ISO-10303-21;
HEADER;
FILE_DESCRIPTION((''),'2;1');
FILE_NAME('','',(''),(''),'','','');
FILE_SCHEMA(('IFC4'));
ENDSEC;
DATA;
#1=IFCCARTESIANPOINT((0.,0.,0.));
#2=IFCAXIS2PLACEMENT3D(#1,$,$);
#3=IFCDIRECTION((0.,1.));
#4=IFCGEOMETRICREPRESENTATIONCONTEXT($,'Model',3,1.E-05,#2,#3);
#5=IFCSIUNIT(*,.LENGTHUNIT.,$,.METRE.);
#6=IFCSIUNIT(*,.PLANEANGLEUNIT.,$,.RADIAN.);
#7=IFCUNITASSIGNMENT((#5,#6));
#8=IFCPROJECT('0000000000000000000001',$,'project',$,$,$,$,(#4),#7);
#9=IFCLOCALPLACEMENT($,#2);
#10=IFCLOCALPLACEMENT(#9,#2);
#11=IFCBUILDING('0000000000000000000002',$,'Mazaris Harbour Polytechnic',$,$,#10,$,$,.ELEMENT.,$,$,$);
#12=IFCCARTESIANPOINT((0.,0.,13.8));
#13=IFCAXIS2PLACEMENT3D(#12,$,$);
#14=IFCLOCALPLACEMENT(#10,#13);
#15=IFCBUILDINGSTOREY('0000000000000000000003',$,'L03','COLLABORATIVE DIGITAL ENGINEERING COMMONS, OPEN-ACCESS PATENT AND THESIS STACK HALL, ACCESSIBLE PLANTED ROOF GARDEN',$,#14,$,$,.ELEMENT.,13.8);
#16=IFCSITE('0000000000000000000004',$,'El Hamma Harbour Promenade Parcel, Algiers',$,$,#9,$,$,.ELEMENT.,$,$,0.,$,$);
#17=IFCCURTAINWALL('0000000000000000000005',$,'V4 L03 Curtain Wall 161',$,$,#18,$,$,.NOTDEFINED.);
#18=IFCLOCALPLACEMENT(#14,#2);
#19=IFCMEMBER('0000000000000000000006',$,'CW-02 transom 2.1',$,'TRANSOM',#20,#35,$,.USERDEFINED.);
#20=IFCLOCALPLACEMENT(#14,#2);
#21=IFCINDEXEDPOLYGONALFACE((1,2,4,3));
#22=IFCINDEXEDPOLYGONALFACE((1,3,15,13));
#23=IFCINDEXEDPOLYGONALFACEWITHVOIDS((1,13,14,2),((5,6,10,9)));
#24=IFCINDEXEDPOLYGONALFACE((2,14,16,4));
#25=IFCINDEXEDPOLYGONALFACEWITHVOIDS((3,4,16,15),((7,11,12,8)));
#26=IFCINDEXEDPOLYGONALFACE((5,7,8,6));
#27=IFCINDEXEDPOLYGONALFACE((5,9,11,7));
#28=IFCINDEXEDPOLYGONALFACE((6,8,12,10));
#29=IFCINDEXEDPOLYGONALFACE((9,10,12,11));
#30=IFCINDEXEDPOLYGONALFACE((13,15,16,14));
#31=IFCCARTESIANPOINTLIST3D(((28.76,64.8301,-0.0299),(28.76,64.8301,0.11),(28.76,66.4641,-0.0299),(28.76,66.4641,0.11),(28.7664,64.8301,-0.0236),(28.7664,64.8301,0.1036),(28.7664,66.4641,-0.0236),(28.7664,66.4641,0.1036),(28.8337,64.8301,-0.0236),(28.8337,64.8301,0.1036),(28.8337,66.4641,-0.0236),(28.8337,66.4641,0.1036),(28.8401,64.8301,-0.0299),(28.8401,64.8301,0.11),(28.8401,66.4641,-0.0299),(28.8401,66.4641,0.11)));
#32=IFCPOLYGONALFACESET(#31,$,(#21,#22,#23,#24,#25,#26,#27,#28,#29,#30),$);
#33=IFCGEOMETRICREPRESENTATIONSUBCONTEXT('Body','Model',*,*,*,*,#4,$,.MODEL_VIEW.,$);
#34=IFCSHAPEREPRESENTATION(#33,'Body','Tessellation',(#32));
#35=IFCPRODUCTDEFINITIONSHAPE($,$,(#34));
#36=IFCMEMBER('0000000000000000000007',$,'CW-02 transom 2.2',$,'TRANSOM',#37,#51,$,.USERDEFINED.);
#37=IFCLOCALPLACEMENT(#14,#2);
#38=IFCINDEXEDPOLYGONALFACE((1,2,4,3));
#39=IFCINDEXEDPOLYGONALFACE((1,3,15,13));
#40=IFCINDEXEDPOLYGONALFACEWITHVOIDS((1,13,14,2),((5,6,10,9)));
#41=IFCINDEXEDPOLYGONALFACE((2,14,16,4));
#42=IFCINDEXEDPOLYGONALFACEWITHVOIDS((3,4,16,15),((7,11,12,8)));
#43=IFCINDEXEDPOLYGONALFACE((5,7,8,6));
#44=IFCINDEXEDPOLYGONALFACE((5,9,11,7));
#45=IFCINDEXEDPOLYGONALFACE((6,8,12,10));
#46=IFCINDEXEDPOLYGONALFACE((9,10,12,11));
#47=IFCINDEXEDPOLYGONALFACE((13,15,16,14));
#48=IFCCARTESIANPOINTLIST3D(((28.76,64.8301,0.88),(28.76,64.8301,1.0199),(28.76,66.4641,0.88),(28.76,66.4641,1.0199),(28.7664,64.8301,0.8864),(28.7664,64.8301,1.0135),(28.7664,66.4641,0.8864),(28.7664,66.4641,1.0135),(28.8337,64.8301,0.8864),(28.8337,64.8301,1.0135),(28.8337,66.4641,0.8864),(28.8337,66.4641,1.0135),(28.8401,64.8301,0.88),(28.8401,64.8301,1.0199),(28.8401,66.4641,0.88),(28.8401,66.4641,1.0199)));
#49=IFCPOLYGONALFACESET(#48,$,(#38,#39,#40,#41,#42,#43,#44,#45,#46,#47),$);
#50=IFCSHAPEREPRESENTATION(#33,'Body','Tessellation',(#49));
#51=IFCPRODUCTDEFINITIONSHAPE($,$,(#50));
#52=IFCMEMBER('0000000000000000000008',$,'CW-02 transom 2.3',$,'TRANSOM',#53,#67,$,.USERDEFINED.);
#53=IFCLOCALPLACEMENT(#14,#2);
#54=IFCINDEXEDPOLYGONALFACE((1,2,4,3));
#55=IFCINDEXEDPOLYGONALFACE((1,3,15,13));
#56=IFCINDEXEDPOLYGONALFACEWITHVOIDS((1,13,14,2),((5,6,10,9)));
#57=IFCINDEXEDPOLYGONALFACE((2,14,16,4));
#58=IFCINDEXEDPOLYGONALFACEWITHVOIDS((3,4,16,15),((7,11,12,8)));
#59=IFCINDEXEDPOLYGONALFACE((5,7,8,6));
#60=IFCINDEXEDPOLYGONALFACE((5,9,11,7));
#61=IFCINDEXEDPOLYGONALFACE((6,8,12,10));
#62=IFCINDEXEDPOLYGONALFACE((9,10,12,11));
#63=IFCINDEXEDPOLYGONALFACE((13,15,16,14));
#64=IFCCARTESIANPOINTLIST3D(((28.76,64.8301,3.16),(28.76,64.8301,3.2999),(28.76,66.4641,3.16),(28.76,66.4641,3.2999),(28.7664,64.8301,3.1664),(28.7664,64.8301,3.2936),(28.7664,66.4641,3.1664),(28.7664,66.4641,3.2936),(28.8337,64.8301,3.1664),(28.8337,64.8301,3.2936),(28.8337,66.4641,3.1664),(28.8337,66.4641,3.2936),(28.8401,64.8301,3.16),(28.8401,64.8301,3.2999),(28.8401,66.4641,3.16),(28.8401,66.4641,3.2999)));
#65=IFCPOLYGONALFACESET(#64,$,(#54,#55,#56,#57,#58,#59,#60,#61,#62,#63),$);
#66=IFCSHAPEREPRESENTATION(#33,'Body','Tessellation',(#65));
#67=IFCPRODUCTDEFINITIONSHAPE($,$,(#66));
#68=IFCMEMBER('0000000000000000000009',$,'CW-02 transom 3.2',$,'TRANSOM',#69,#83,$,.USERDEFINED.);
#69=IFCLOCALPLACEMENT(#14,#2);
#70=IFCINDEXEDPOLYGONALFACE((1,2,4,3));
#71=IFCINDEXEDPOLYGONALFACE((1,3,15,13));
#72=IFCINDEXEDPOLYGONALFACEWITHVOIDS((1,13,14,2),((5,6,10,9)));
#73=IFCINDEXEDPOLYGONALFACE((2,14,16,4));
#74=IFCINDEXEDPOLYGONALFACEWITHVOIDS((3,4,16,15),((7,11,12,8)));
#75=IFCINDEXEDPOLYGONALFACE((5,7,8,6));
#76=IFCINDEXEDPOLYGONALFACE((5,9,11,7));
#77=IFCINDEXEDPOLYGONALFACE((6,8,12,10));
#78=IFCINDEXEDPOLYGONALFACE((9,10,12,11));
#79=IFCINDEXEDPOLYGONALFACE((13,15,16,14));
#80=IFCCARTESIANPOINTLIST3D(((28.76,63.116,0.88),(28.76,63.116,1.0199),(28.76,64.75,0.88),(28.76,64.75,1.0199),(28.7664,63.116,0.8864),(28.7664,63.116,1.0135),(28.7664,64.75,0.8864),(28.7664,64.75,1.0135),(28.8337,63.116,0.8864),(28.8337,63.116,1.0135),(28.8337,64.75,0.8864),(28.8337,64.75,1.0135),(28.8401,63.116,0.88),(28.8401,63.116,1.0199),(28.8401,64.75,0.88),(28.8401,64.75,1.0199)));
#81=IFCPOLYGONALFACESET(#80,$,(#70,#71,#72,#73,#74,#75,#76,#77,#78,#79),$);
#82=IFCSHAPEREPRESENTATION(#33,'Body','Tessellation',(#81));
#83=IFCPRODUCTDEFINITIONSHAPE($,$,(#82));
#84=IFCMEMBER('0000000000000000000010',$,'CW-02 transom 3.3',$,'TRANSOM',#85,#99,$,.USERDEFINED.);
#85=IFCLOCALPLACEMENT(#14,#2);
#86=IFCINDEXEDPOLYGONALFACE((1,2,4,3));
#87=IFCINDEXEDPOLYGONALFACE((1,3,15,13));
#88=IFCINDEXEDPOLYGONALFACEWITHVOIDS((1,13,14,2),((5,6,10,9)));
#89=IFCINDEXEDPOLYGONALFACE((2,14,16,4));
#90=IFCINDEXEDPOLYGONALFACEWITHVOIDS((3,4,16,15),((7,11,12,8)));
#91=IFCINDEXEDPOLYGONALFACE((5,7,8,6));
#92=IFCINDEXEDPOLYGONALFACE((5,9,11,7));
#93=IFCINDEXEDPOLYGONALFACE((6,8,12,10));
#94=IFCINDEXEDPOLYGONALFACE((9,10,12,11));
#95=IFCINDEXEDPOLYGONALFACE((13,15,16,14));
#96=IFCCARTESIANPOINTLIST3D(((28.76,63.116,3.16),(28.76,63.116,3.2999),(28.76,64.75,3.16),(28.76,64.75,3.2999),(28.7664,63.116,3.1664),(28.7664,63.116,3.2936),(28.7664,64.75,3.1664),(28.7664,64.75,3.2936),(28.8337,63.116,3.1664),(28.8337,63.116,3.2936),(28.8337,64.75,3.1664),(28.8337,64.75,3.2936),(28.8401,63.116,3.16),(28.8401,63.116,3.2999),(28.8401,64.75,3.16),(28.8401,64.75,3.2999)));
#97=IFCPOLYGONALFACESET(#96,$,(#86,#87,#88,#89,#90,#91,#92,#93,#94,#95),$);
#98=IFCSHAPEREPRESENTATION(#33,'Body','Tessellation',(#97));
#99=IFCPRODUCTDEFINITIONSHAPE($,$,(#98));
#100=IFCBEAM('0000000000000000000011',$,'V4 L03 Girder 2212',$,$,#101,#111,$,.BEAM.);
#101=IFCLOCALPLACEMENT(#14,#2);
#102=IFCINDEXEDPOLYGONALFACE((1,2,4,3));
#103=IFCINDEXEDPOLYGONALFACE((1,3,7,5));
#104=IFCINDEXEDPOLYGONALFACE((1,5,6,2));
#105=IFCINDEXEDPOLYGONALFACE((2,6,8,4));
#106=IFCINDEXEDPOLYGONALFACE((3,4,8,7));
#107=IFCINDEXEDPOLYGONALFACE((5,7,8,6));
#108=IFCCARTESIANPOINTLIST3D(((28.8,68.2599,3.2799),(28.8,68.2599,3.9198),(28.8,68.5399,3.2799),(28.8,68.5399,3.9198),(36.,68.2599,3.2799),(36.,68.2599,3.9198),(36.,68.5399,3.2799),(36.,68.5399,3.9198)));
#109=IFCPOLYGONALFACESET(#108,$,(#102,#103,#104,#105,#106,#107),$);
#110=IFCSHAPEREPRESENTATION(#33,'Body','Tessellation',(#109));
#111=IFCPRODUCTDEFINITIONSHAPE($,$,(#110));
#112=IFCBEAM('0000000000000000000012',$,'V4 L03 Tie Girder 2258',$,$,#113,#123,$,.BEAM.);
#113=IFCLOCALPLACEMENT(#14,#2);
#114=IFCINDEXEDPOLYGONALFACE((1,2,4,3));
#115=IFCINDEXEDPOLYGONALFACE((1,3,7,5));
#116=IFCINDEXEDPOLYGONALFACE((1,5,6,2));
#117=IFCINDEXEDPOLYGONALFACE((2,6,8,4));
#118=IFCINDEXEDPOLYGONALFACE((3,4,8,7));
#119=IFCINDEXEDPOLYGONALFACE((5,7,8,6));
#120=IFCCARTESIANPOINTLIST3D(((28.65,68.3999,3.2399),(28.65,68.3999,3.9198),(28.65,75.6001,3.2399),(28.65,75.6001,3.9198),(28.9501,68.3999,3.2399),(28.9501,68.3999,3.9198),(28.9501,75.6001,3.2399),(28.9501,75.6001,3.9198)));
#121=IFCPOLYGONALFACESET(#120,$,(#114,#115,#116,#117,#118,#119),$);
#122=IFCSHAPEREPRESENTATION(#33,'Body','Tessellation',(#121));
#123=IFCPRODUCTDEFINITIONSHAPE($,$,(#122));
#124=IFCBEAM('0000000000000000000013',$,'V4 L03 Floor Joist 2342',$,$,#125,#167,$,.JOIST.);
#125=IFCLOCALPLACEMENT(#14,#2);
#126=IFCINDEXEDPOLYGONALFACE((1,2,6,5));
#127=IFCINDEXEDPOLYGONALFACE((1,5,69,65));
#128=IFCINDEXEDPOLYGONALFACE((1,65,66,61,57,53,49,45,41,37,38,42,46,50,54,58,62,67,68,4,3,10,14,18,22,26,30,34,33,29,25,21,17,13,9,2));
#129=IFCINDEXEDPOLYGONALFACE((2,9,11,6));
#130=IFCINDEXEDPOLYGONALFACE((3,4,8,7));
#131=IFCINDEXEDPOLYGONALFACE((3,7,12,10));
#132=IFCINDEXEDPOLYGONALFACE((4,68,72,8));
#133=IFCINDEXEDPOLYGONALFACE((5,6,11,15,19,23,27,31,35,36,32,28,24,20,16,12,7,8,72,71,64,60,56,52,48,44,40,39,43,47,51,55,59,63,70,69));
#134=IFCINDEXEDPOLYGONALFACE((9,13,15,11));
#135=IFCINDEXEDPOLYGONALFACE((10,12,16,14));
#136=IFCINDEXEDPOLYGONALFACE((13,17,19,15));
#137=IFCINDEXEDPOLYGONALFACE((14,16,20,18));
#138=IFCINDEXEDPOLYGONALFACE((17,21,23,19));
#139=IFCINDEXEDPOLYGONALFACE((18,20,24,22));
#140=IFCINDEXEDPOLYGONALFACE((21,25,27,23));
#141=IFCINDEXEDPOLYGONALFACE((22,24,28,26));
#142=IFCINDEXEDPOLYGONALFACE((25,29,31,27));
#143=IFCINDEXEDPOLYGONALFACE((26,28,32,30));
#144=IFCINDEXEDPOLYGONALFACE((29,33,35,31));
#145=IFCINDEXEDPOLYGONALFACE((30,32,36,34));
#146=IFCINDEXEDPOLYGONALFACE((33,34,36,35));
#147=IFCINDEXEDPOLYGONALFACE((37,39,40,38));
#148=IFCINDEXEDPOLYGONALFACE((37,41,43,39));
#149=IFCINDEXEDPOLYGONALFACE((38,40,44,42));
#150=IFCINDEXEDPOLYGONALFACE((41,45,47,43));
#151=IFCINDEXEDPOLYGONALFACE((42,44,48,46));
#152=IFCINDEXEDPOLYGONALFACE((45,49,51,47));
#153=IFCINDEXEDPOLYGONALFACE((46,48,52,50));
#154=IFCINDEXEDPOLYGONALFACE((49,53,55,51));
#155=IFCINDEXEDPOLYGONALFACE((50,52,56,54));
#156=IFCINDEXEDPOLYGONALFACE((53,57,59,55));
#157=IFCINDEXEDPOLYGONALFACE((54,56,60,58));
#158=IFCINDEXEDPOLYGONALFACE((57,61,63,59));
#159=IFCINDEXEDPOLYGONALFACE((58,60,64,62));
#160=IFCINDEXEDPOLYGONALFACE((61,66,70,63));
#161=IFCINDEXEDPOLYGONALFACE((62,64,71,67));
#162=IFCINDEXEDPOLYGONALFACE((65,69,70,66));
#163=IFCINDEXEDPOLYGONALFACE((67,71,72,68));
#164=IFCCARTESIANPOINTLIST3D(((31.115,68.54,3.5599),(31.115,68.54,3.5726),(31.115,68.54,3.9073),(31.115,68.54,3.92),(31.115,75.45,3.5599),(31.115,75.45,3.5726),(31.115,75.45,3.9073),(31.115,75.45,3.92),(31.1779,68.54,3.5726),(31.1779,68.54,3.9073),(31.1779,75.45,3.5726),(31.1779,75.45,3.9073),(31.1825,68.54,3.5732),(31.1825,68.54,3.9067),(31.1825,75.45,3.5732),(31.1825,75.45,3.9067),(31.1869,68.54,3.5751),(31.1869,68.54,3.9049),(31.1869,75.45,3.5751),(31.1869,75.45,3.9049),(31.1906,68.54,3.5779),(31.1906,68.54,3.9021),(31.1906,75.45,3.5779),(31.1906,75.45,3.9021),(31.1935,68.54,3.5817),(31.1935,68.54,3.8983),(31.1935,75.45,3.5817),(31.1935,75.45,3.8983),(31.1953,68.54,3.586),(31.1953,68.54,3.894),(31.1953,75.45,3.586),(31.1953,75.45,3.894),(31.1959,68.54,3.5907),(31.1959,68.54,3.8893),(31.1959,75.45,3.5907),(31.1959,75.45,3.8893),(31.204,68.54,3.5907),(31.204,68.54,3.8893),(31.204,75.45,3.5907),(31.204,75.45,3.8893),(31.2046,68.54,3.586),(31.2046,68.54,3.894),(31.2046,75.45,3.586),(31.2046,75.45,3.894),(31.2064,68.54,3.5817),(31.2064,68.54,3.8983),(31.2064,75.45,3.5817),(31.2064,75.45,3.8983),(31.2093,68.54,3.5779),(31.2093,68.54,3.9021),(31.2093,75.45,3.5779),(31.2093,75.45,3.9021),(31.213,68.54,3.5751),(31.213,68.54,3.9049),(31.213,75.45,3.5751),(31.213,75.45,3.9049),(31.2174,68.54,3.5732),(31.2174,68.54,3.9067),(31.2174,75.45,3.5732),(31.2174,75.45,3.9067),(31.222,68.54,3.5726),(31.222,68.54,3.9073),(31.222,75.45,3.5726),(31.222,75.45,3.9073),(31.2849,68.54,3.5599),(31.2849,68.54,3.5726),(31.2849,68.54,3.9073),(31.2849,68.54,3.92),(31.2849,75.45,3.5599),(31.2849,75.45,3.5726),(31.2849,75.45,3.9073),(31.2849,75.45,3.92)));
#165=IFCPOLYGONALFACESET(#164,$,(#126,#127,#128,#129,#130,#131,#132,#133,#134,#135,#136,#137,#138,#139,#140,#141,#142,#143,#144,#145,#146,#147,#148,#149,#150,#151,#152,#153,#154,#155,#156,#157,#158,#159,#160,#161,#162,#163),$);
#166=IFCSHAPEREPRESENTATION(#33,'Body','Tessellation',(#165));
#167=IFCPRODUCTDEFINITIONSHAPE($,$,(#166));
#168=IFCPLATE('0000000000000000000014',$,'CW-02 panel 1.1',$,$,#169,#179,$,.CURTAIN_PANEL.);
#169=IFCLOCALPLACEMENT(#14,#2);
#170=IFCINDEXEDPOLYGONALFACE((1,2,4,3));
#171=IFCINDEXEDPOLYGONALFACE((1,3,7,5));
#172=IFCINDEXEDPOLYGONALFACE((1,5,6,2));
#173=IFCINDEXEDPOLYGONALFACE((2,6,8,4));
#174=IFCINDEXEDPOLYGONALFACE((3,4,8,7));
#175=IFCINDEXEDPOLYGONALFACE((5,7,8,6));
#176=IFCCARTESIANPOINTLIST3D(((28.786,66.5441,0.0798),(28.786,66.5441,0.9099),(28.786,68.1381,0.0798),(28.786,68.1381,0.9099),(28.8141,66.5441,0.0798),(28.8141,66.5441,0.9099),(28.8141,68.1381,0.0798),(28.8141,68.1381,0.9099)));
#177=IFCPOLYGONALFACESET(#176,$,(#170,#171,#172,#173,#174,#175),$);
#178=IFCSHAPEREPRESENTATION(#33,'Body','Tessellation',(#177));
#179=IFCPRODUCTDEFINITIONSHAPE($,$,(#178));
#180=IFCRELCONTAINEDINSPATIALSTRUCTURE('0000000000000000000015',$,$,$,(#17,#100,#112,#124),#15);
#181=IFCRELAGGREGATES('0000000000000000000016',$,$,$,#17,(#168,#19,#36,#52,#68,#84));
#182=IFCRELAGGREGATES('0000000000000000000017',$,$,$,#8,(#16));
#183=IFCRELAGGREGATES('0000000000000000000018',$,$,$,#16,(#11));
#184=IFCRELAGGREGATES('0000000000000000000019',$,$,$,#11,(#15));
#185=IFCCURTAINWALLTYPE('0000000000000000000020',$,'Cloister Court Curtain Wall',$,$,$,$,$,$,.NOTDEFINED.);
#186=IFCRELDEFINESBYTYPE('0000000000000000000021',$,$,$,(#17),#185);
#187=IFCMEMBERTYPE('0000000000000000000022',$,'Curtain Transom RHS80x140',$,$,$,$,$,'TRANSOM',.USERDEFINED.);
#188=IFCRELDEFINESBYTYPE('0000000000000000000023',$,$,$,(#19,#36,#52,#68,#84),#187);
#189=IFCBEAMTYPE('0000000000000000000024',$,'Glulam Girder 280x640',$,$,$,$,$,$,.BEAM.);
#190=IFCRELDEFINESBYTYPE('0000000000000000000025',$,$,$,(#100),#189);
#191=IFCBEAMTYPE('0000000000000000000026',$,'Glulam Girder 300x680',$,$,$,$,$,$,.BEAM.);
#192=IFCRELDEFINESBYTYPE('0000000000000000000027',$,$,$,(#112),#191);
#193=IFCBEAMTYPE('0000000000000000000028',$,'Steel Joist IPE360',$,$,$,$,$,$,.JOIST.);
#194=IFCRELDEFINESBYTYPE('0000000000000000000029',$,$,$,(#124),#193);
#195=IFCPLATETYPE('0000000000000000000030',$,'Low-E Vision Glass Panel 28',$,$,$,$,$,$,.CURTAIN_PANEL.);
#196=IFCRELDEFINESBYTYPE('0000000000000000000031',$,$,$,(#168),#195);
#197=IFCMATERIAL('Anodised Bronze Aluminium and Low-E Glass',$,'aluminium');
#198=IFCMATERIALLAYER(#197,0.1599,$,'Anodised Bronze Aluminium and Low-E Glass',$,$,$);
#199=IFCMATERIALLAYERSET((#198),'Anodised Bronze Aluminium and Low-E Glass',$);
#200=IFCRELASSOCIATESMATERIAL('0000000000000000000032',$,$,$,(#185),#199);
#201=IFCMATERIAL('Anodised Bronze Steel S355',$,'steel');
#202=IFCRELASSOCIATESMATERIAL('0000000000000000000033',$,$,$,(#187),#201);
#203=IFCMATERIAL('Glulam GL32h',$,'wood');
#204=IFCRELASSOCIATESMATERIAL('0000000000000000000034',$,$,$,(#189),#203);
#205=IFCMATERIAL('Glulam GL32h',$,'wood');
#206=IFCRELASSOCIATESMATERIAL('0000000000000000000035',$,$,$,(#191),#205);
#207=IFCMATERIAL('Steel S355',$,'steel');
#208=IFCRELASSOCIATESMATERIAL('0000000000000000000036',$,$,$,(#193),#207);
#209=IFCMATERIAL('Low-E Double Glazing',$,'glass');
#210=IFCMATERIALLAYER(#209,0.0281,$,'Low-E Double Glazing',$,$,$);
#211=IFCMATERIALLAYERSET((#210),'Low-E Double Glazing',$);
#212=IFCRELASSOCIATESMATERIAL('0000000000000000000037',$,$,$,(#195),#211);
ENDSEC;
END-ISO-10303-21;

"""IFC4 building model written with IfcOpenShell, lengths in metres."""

from ifc_helpers import new_model, si_unit, direction, frame, origin, origin_2d, place, context, subcontext, project, spatial, rectangle, hollow_rectangle, i_section, extrude, material, layer, layer_set, material_profile, profile_set, type_object, element, aggregate, save


model = new_model("IFC4")

# Units and contexts
model_context = context("Model", 3, precision=1e-05, world=origin(), true_north=direction((0.0, 1.0)))
body_context = subcontext(model_context, "Body", "Model", "MODEL_VIEW")
ifc_project = project(units=[si_unit("LENGTHUNIT", "METRE"), si_unit("PLANEANGLEUNIT", "RADIAN")], contexts=[model_context])

# Site, building, storey
site_placement = place(None, origin())
site = spatial("IfcSite", under=ifc_project, at=site_placement, Name="El Hamma Harbour Promenade Parcel, Algiers", CompositionType="ELEMENT", RefElevation=0.0)
building_placement = place(site_placement, origin())
building = spatial("IfcBuilding", under=site, at=building_placement, Name="Mazaris Harbour Polytechnic", CompositionType="ELEMENT")
storey_placement = place(building_placement, frame((0.0, 0.0, 13.8)))
storey = spatial("IfcBuildingStorey", under=building, at=storey_placement, Name="L03", Description="COLLABORATIVE DIGITAL ENGINEERING COMMONS, OPEN-ACCESS PATENT AND THESIS STACK HALL, ACCESSIBLE PLANTED ROOF GARDEN", CompositionType="ELEMENT", Elevation=13.8)

# Shared definitions
ifc_material_1 = material(Name="Anodised Bronze Aluminium and Low-E Glass", Category="aluminium")
ifc_layer_1 = layer(ifc_material_1, 0.1599, Name="Anodised Bronze Aluminium and Low-E Glass")
ifc_layer_set_1 = layer_set([ifc_layer_1], Name="Anodised Bronze Aluminium and Low-E Glass")
curtain_wall_type = type_object("IfcCurtainWallType", Name="Cloister Court Curtain Wall", PredefinedType="NOTDEFINED", material=ifc_layer_set_1)

# Curtain wall
curtain_wall_1_placement = place(storey_placement, origin())
curtain_wall_1 = element("IfcCurtainWall", 1, at=curtain_wall_1_placement, inside=storey, type_object=curtain_wall_type, Name="V4 L03 Curtain Wall 161", PredefinedType="NOTDEFINED")

# Members
ifc_material_2 = material(Name="Anodised Bronze Steel S355", Category="steel")
ifc_material_profile_1 = material_profile(ifc_material_2, hollow_rectangle(XDim=0.0801, YDim=0.1399, WallThickness=0.0063, at=origin_2d()), Name="RHS 80x140x6.3")
ifc_profile_set_1 = profile_set([ifc_material_profile_1], Name="Anodised Bronze Steel S355")
member_type_1 = type_object("IfcMemberType", Name="Curtain Transom RHS80x140", ElementType="TRANSOM", PredefinedType="USERDEFINED", material=ifc_profile_set_1)
member_1_placement = place(storey_placement, frame((28.8, 66.4641, 0.04), z_axis=(0.0, -1.0, 0.0), x_axis=(1.0, 0.0, 0.0)))
member_1 = element("IfcMember", 2, at=member_1_placement, type_object=member_type_1, Name="CW-02 transom 2.1", ObjectType="TRANSOM", PredefinedType="USERDEFINED", context=body_context, shape_type="SweptSolid", body=[
    extrude(hollow_rectangle(XDim=0.0801, YDim=0.1399, WallThickness=0.0063, at=origin_2d()), origin(), (0.0, 0.0, 1.0), 1.634),
])
member_2_placement = place(storey_placement, frame((28.8, 66.4641, 0.95), z_axis=(0.0, -1.0, 0.0), x_axis=(1.0, 0.0, 0.0)))
member_2 = element("IfcMember", 3, at=member_2_placement, type_object=member_type_1, Name="CW-02 transom 2.2", ObjectType="TRANSOM", PredefinedType="USERDEFINED", context=body_context, shape_type="SweptSolid", body=[
    extrude(hollow_rectangle(XDim=0.0801, YDim=0.1399, WallThickness=0.0063, at=origin_2d()), origin(), (0.0, 0.0, 1.0), 1.634),
])
member_3_placement = place(storey_placement, frame((28.8, 66.4641, 3.23), z_axis=(0.0, -1.0, 0.0), x_axis=(1.0, 0.0, 0.0)))
member_3 = element("IfcMember", 4, at=member_3_placement, type_object=member_type_1, Name="CW-02 transom 2.3", ObjectType="TRANSOM", PredefinedType="USERDEFINED", context=body_context, shape_type="SweptSolid", body=[
    extrude(hollow_rectangle(XDim=0.0801, YDim=0.1399, WallThickness=0.0063, at=origin_2d()), origin(), (0.0, 0.0, 1.0), 1.634),
])
member_4_placement = place(storey_placement, frame((28.8, 64.75, 0.95), z_axis=(0.0, -1.0, 0.0), x_axis=(1.0, 0.0, 0.0)))
member_4 = element("IfcMember", 5, at=member_4_placement, type_object=member_type_1, Name="CW-02 transom 3.2", ObjectType="TRANSOM", PredefinedType="USERDEFINED", context=body_context, shape_type="SweptSolid", body=[
    extrude(hollow_rectangle(XDim=0.0801, YDim=0.1399, WallThickness=0.0063, at=origin_2d()), origin(), (0.0, 0.0, 1.0), 1.634),
])
member_5_placement = place(storey_placement, frame((28.8, 64.75, 3.23), z_axis=(0.0, -1.0, 0.0), x_axis=(1.0, 0.0, 0.0)))
member_5 = element("IfcMember", 6, at=member_5_placement, type_object=member_type_1, Name="CW-02 transom 3.3", ObjectType="TRANSOM", PredefinedType="USERDEFINED", context=body_context, shape_type="SweptSolid", body=[
    extrude(hollow_rectangle(XDim=0.0801, YDim=0.1399, WallThickness=0.0063, at=origin_2d()), origin(), (0.0, 0.0, 1.0), 1.634),
])

# Beams
ifc_material_3 = material(Name="Glulam GL32h", Category="wood")
ifc_material_profile_2 = material_profile(ifc_material_3, rectangle(XDim=0.28, YDim=0.6399, at=origin_2d()), Name="RECT280x640")
ifc_profile_set_2 = profile_set([ifc_material_profile_2], Name="Glulam GL32h")
beam_type_1 = type_object("IfcBeamType", Name="Glulam Girder 280x640", PredefinedType="BEAM", material=ifc_profile_set_2)
beam_1_placement = place(storey_placement, frame((28.8, 68.3999, 3.5999), z_axis=(1.0, 0.0, 0.0), x_axis=(0.0, 1.0, 0.0)))
element("IfcBeam", 7, at=beam_1_placement, inside=storey, type_object=beam_type_1, Name="V4 L03 Girder 2212", PredefinedType="BEAM", context=body_context, shape_type="SweptSolid", body=[
    extrude(rectangle(XDim=0.28, YDim=0.6399, at=origin_2d()), origin(), (0.0, 0.0, 1.0), 7.2),
])
ifc_material_4 = material(Name="Glulam GL32h", Category="wood")
ifc_material_profile_3 = material_profile(ifc_material_4, rectangle(XDim=0.3, YDim=0.6799, at=origin_2d()), Name="RECT300x680")
ifc_profile_set_3 = profile_set([ifc_material_profile_3], Name="Glulam GL32h")
beam_type_2 = type_object("IfcBeamType", Name="Glulam Girder 300x680", PredefinedType="BEAM", material=ifc_profile_set_3)
beam_2_placement = place(storey_placement, frame((28.8, 68.3999, 3.5798), z_axis=(0.0, 1.0, 0.0), x_axis=(-1.0, 0.0, 0.0)))
element("IfcBeam", 8, at=beam_2_placement, inside=storey, type_object=beam_type_2, Name="V4 L03 Tie Girder 2258", PredefinedType="BEAM", context=body_context, shape_type="SweptSolid", body=[
    extrude(rectangle(XDim=0.3, YDim=0.6799, at=origin_2d()), origin(), (0.0, 0.0, 1.0), 7.2002),
])
ifc_material_5 = material(Name="Steel S355", Category="steel")
ifc_material_profile_4 = material_profile(ifc_material_5, i_section(OverallWidth=0.1699, OverallDepth=0.3601, WebThickness=0.0081, FlangeThickness=0.0127, FilletRadius=0.0181, at=origin_2d()), Name="IPE 360")
ifc_profile_set_4 = profile_set([ifc_material_profile_4], Name="Steel S355")
beam_type_3 = type_object("IfcBeamType", Name="Steel Joist IPE360", PredefinedType="JOIST", material=ifc_profile_set_4)
beam_3_placement = place(storey_placement, frame((31.2, 68.54, 3.74), z_axis=(0.0, 1.0, 0.0), x_axis=(-1.0, 0.0, 0.0)))
element("IfcBeam", 9, at=beam_3_placement, inside=storey, type_object=beam_type_3, Name="V4 L03 Floor Joist 2342", PredefinedType="JOIST", context=body_context, shape_type="SweptSolid", body=[
    extrude(i_section(OverallWidth=0.1699, OverallDepth=0.3601, WebThickness=0.0081, FlangeThickness=0.0127, FilletRadius=0.0181, at=origin_2d()), origin(), (0.0, 0.0, 1.0), 6.9099),
])

# Plate
ifc_material_6 = material(Name="Low-E Double Glazing", Category="glass")
ifc_layer_2 = layer(ifc_material_6, 0.0281, Name="Low-E Double Glazing")
ifc_layer_set_2 = layer_set([ifc_layer_2], Name="Low-E Double Glazing")
plate_type = type_object("IfcPlateType", Name="Low-E Vision Glass Panel 28", PredefinedType="CURTAIN_PANEL", material=ifc_layer_set_2)
plate_1_placement = place(storey_placement, frame((28.8, 67.3411, 0.0798), z_axis=(0.0, 0.0, 1.0), x_axis=(0.0, -1.0, 0.0)))
plate_1 = element("IfcPlate", 10, at=plate_1_placement, type_object=plate_type, Name="CW-02 panel 1.1", PredefinedType="CURTAIN_PANEL", context=body_context, shape_type="SweptSolid", body=[
    extrude(rectangle(XDim=1.594, YDim=0.0281, at=origin_2d()), origin(), (0.0, 0.0, 1.0), 0.8301),
])
aggregate(curtain_wall_1, [plate_1, member_1, member_2, member_3, member_4, member_5])

save(model, "model.ifc")
